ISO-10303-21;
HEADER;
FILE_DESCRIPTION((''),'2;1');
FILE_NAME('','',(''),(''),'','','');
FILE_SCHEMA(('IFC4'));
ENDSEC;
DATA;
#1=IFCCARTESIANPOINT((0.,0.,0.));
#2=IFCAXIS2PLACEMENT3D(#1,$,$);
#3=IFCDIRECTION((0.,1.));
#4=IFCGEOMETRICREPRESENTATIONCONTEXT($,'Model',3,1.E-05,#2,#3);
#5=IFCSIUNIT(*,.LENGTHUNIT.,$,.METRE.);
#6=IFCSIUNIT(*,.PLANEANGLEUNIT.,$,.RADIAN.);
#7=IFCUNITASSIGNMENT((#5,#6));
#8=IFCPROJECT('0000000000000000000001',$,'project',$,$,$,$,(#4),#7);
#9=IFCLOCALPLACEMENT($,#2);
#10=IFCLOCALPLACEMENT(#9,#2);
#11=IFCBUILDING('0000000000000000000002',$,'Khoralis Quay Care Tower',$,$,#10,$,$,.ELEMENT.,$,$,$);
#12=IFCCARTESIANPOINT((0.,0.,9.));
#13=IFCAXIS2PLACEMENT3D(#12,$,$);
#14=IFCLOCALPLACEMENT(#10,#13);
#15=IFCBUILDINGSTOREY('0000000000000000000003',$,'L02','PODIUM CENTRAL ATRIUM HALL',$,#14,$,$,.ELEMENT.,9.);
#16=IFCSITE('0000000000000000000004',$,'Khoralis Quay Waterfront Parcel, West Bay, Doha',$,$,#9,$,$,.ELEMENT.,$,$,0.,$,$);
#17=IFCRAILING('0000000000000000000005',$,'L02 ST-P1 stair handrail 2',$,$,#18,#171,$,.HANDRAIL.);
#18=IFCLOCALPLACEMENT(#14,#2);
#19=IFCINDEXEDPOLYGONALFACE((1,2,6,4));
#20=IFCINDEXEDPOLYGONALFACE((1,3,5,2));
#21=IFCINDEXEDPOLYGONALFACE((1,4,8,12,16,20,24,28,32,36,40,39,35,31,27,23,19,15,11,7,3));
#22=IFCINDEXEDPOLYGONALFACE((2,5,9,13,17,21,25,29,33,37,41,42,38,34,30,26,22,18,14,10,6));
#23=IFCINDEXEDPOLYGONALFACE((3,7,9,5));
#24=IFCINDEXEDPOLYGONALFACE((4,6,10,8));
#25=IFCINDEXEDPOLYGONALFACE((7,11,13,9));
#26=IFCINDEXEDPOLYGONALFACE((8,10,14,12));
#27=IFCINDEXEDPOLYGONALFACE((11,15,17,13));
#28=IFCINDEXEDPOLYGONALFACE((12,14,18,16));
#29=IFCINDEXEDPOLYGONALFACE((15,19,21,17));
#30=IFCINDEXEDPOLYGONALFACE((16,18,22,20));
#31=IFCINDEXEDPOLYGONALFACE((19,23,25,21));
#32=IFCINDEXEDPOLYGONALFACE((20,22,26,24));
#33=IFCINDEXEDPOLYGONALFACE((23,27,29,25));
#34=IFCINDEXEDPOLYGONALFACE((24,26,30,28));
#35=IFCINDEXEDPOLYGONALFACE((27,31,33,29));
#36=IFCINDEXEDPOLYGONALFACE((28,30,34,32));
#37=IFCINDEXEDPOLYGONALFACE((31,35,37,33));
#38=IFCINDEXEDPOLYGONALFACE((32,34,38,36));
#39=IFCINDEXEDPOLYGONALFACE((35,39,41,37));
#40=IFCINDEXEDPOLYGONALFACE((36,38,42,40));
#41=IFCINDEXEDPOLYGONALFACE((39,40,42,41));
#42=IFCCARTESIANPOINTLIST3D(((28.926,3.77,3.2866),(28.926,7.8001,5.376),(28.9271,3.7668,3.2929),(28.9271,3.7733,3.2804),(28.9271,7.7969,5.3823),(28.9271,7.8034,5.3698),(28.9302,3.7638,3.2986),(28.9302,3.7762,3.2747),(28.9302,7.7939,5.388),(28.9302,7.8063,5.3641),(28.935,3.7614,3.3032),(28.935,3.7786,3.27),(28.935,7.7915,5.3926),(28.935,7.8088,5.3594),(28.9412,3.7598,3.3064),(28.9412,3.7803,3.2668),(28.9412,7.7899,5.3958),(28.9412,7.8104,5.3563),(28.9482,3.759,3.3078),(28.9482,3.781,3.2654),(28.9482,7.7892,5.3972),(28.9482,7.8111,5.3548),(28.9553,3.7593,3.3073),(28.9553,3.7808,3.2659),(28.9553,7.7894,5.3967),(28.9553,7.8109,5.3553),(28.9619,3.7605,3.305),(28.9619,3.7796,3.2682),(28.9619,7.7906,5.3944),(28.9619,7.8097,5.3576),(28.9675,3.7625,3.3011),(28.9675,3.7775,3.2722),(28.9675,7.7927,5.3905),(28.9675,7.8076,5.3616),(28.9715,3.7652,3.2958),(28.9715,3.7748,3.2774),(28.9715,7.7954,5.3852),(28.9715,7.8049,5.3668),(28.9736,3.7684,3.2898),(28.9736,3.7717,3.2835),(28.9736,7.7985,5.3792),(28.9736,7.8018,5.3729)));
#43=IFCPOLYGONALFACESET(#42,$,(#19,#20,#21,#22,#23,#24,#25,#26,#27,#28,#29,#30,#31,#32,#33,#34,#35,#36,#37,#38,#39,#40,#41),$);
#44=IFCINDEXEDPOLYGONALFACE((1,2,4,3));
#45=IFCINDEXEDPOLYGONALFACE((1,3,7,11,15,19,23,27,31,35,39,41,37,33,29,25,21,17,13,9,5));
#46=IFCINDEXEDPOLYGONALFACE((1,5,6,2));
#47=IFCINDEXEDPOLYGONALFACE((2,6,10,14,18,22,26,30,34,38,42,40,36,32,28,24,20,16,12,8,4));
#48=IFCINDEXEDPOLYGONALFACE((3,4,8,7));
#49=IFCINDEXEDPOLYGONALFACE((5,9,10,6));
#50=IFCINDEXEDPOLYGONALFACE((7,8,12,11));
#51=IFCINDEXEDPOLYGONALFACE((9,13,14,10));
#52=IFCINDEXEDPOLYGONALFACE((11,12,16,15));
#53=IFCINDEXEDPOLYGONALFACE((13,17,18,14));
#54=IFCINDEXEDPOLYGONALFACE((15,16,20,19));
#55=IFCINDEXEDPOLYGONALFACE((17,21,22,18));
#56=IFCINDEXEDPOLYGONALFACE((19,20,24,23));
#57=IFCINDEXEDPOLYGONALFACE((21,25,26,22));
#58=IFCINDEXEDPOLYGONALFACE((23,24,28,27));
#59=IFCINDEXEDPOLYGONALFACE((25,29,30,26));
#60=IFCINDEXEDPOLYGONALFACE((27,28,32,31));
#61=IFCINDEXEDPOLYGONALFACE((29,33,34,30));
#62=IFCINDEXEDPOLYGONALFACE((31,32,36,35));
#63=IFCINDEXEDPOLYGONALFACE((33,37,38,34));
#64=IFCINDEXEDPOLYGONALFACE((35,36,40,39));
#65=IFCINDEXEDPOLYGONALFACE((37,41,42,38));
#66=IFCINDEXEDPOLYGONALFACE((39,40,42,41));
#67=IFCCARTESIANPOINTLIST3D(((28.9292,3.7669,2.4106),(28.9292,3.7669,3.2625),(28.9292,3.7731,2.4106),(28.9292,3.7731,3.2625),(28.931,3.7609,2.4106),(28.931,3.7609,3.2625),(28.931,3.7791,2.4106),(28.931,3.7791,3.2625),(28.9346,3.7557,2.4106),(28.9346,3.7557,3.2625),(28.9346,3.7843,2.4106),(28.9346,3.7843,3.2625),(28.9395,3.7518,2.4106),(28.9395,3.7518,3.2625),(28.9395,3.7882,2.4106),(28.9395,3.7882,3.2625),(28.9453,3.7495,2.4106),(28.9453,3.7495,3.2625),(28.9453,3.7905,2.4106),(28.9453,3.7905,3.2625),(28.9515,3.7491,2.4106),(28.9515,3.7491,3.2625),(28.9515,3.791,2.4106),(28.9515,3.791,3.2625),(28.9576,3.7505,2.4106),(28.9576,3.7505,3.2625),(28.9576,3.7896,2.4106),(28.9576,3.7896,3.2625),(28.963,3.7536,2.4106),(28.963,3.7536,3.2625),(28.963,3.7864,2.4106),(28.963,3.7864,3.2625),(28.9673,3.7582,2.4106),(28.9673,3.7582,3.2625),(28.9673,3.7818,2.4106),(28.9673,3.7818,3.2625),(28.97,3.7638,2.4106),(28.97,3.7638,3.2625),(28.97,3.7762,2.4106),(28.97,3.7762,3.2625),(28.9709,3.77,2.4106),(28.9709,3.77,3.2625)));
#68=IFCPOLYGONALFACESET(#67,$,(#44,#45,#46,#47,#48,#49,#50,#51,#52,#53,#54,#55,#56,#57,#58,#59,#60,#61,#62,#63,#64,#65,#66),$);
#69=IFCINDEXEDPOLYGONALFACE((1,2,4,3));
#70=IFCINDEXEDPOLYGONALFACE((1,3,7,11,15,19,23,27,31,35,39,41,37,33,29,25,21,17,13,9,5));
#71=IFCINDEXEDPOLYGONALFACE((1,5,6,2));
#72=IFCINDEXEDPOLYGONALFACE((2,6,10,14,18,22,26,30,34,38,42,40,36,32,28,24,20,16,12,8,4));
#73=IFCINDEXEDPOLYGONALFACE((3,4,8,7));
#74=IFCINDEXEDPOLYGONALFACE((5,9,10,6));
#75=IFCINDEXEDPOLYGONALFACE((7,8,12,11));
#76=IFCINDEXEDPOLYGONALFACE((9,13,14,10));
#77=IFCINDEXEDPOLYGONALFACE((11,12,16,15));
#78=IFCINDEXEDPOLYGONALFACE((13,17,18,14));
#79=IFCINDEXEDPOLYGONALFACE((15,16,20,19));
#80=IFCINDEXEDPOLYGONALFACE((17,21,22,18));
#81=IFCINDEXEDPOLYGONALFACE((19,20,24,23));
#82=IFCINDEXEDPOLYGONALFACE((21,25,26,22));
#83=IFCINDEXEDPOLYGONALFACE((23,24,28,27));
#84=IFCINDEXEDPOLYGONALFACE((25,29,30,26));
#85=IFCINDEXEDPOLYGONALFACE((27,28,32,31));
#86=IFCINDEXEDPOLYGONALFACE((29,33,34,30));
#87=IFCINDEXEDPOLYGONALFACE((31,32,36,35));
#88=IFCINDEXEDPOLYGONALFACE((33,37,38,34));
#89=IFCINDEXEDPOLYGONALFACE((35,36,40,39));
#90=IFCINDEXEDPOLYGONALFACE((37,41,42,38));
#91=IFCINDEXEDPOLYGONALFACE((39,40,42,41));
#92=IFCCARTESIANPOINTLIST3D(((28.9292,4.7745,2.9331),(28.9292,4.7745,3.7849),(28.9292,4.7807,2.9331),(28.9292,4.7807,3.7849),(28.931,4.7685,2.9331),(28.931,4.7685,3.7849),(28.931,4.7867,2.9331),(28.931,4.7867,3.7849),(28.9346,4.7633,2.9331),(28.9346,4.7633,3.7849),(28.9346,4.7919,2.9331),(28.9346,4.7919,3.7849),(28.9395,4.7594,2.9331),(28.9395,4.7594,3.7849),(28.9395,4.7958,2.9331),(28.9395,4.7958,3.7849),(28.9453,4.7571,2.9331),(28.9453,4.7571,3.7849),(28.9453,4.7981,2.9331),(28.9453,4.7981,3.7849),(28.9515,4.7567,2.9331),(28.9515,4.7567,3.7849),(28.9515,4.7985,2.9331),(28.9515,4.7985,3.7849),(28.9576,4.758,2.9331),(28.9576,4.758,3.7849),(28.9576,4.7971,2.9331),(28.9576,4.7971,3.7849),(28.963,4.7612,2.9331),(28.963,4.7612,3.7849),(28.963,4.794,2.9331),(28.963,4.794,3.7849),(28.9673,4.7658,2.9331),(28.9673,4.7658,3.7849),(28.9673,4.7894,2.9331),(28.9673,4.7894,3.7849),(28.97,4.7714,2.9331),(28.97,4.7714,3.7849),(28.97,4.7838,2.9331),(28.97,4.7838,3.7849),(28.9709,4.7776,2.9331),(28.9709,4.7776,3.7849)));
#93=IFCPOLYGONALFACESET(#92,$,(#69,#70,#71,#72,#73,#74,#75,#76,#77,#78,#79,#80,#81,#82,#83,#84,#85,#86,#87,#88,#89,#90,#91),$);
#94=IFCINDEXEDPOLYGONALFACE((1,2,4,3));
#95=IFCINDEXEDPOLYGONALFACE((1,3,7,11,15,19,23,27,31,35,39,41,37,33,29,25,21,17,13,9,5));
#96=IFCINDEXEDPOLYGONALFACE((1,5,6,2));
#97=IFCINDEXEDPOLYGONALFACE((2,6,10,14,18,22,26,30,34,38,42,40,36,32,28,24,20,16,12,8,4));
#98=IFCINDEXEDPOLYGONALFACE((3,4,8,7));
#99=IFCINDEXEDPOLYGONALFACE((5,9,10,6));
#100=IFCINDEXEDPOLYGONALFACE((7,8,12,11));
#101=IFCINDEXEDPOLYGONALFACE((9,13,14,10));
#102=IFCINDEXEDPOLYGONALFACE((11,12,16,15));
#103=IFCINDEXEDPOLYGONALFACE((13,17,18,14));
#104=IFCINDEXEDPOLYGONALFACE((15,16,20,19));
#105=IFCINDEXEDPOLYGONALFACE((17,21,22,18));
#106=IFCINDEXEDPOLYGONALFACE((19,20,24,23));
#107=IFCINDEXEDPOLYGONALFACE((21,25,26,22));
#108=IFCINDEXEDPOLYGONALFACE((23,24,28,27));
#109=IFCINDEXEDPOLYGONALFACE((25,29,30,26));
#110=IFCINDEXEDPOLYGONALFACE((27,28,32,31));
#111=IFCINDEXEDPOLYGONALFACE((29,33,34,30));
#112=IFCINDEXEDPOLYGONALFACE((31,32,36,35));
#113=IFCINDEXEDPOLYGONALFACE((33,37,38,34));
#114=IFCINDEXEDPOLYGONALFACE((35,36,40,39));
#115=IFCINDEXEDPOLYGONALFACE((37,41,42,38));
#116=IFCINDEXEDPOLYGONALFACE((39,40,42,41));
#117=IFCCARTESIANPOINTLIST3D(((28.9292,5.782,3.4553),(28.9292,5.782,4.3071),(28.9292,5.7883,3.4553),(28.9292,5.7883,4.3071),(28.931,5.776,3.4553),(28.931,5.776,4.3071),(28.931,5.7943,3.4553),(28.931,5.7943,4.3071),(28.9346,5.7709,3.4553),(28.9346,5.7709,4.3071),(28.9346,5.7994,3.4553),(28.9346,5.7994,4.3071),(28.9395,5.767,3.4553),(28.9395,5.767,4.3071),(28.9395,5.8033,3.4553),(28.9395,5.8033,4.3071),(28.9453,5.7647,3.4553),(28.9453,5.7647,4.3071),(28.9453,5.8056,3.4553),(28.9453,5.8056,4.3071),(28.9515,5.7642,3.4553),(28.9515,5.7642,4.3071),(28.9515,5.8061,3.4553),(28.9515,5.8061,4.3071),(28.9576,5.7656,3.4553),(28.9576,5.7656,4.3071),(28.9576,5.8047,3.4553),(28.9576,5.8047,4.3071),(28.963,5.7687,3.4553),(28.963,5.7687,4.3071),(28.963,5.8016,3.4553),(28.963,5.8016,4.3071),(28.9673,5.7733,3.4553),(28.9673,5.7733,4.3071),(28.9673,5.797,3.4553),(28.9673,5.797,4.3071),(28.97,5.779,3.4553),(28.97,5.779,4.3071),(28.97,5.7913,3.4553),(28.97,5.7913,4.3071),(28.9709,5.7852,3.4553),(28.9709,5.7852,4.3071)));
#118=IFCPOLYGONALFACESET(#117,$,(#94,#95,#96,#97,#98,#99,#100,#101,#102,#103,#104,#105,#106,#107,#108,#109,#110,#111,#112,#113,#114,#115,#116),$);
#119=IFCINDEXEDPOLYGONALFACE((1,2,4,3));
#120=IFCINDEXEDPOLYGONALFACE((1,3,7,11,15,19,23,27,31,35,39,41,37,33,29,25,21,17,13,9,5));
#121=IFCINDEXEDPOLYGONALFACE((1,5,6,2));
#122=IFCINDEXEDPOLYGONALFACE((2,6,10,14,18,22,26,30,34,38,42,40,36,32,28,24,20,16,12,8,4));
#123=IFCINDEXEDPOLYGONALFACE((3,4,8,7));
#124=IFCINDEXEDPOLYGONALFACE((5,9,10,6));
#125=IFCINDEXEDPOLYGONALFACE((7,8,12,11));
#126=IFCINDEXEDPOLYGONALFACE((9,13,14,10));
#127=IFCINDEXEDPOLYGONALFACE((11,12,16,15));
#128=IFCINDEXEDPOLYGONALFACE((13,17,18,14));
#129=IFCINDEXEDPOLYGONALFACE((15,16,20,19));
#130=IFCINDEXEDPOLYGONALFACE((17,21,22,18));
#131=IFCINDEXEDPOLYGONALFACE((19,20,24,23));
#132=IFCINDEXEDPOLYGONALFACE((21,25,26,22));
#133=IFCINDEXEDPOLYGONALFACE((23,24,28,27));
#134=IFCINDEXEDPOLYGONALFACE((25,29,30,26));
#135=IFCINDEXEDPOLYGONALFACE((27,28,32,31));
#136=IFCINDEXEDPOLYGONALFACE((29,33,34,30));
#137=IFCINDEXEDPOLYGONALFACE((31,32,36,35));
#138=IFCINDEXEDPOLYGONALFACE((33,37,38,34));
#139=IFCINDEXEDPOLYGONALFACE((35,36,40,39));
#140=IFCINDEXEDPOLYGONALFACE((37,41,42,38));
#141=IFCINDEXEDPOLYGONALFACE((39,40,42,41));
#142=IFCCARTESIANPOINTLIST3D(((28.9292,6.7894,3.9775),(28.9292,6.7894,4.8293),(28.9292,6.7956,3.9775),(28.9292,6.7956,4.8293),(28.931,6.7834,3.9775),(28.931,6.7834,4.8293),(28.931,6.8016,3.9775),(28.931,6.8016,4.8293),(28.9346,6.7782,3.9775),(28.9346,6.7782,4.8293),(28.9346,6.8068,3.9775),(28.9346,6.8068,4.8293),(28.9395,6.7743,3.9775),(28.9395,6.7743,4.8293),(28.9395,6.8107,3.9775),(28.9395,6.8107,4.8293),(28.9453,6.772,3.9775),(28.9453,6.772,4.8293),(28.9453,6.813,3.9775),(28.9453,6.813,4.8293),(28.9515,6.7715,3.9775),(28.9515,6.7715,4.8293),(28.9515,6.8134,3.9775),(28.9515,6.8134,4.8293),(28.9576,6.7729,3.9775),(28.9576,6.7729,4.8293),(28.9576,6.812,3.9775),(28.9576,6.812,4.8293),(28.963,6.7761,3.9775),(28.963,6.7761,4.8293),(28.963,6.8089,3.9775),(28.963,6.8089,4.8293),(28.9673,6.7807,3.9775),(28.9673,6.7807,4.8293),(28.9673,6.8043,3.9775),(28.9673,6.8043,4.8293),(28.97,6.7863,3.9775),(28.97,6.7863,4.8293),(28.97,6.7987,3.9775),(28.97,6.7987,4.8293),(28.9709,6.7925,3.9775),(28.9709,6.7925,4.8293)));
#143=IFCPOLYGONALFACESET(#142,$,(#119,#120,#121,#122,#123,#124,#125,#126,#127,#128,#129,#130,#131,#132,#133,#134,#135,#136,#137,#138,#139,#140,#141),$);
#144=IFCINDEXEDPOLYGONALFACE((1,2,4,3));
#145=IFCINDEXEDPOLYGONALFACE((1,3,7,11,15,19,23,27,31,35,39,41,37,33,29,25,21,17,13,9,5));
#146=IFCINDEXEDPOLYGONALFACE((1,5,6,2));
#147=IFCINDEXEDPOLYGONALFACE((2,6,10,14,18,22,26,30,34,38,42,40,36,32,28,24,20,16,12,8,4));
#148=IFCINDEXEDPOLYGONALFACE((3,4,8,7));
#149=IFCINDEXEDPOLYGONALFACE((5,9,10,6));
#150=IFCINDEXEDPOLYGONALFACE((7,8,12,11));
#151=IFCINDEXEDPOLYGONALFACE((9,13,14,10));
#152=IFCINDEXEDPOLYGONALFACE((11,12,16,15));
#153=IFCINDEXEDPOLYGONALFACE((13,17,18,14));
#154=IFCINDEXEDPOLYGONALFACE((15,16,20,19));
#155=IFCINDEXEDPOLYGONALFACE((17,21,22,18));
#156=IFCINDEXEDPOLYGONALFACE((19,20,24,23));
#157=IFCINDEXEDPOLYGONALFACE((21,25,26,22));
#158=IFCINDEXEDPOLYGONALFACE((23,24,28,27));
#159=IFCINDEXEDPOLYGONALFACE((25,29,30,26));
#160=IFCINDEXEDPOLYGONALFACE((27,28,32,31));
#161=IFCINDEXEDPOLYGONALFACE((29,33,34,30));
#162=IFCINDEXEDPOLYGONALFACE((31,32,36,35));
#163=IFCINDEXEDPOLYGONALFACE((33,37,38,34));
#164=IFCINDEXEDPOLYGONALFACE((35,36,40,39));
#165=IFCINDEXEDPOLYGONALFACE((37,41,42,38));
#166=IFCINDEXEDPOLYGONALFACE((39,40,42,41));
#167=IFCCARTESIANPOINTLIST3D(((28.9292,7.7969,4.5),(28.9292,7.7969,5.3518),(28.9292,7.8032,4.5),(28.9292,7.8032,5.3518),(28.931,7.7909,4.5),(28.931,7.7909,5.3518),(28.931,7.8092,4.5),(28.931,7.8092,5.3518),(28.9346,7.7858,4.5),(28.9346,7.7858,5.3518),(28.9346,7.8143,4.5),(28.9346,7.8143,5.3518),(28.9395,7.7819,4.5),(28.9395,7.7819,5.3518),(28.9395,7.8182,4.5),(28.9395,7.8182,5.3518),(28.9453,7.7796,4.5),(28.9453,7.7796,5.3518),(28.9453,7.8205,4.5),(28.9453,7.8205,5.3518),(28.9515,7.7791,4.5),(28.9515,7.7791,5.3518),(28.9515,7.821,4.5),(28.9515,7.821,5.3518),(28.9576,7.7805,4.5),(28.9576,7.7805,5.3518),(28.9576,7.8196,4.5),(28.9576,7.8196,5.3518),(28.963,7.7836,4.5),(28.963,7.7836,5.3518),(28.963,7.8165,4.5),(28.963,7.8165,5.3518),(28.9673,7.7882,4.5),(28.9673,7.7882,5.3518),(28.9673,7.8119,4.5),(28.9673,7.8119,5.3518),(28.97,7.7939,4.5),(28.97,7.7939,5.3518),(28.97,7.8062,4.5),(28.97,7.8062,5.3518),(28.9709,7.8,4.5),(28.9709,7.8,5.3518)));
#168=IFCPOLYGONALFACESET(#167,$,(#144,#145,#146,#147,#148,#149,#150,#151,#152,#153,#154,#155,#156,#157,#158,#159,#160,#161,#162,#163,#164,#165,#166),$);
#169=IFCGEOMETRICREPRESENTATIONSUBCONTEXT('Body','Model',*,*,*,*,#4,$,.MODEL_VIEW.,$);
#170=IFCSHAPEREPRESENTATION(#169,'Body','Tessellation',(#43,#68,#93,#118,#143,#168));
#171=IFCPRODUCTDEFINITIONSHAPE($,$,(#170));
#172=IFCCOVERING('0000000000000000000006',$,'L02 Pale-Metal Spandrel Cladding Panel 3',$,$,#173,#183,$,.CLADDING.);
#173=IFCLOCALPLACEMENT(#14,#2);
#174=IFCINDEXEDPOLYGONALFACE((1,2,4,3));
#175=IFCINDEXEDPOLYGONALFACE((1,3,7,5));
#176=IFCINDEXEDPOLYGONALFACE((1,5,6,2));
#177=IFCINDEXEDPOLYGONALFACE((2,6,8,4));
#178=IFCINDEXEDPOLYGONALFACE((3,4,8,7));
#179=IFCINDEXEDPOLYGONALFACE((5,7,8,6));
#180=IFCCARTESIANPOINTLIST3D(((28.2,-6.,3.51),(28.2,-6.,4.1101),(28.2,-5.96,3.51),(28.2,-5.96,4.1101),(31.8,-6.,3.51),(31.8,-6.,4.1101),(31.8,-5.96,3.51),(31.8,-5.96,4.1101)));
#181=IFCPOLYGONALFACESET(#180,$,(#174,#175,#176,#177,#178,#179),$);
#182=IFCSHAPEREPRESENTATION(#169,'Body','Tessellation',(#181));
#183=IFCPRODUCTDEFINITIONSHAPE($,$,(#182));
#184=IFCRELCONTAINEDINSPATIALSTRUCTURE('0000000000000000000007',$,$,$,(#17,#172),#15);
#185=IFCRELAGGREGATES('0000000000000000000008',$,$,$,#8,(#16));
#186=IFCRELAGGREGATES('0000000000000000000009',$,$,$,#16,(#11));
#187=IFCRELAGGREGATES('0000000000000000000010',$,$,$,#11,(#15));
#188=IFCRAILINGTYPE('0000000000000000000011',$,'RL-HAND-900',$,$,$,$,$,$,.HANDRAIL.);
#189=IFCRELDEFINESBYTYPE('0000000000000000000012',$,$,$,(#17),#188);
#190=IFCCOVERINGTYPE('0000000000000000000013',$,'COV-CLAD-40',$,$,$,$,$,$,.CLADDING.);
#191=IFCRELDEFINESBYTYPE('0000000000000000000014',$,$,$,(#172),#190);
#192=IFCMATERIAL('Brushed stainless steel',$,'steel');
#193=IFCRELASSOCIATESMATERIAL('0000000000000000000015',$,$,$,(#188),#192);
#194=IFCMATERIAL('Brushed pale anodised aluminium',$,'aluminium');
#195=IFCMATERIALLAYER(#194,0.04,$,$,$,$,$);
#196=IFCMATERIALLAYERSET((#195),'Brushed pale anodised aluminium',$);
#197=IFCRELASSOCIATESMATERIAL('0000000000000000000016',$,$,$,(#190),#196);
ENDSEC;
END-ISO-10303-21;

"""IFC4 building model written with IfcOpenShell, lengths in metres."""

from ifc_helpers import new_model, si_unit, direction, frame, origin, origin_2d, place, context, subcontext, project, spatial, rectangle, circle, extrude, source, transform, mapped, material, layer, layer_set, type_object, element, save


model = new_model("IFC4")

# Units and contexts
model_context = context("Model", 3, precision=1e-05, world=origin(), true_north=direction((0.0, 1.0)))
body_context = subcontext(model_context, "Body", "Model", "MODEL_VIEW")
ifc_project = project(units=[si_unit("LENGTHUNIT", "METRE"), si_unit("PLANEANGLEUNIT", "RADIAN")], contexts=[model_context])

# Site, building, storey
site_placement = place(None, origin())
site = spatial("IfcSite", under=ifc_project, at=site_placement, Name="Khoralis Quay Waterfront Parcel, West Bay, Doha", CompositionType="ELEMENT", RefElevation=0.0)
building_placement = place(site_placement, origin())
building = spatial("IfcBuilding", under=site, at=building_placement, Name="Khoralis Quay Care Tower", CompositionType="ELEMENT")
storey_placement = place(building_placement, frame((0.0, 0.0, 9.0)))
storey = spatial("IfcBuildingStorey", under=building, at=storey_placement, Name="L02", Description="PODIUM CENTRAL ATRIUM HALL", CompositionType="ELEMENT", Elevation=9.0)

# Railing
ifc_material_1 = material(Name="Brushed stainless steel", Category="steel")
railing_type_1 = type_object("IfcRailingType", Name="RL-HAND-900", PredefinedType="HANDRAIL", material=ifc_material_1)
railing_1_placement = place(storey_placement, frame((28.95, 3.77, 2.4106)))
element("IfcRailing", 1, at=railing_1_placement, inside=storey, type_object=railing_type_1, Name="L02 ST-P1 stair handrail 2", PredefinedType="HANDRAIL", context=body_context, shape_type="SweptSolid", body=[
    extrude(circle(Radius=0.0239, at=origin_2d()), frame((0.0, 0.0, 0.876), z_axis=(0.0, 0.887781, 0.460267), x_axis=(-1.0, 0.0, 0.0)), (0.0, 0.0, 1.0), 4.5396),
    extrude(circle(Radius=0.021, at=origin_2d()), origin(), (0.0, 0.0, 1.0), 0.8518),
    extrude(circle(Radius=0.021, at=origin_2d()), frame((0.0, 1.0076, 0.5225)), (0.0, 0.0, 1.0), 0.8518),
    extrude(circle(Radius=0.021, at=origin_2d()), frame((0.0, 2.0151, 1.0447)), (0.0, 0.0, 1.0), 0.8518),
    extrude(circle(Radius=0.021, at=origin_2d()), frame((0.0, 3.0225, 1.5669)), (0.0, 0.0, 1.0), 0.8518),
    extrude(circle(Radius=0.021, at=origin_2d()), frame((0.0, 4.03, 2.0894)), (0.0, 0.0, 1.0), 0.8518),
])

# Covering
ifc_material_2 = material(Name="Brushed pale anodised aluminium", Category="aluminium")
ifc_layer_1 = layer(ifc_material_2, 0.04)
ifc_layer_set_1 = layer_set([ifc_layer_1], Name="Brushed pale anodised aluminium")
covering_type = type_object("IfcCoveringType", Name="COV-CLAD-40", PredefinedType="CLADDING", material=ifc_layer_set_1)
shared_shape_1 = source(origin(), body_context, "Body", "SweptSolid", [
    extrude(rectangle(XDim=3.6001, YDim=0.04, at=origin_2d()), origin(), (0.0, 0.0, 1.0), 0.6001),
])
covering_placement = place(storey_placement, frame((30.0, -5.98, 3.51), z_axis=(0.0, 0.0, 1.0), x_axis=(1.0, 0.0, 0.0)))
element("IfcCovering", 2, at=covering_placement, inside=storey, type_object=covering_type, Name="L02 Pale-Metal Spandrel Cladding Panel 3", PredefinedType="CLADDING", context=body_context, shape_type="MappedRepresentation", body=[
    mapped(shared_shape_1, transform((0.0, 0.0, 0.0), scale=1.0)),
])

save(model, "model.ifc")
